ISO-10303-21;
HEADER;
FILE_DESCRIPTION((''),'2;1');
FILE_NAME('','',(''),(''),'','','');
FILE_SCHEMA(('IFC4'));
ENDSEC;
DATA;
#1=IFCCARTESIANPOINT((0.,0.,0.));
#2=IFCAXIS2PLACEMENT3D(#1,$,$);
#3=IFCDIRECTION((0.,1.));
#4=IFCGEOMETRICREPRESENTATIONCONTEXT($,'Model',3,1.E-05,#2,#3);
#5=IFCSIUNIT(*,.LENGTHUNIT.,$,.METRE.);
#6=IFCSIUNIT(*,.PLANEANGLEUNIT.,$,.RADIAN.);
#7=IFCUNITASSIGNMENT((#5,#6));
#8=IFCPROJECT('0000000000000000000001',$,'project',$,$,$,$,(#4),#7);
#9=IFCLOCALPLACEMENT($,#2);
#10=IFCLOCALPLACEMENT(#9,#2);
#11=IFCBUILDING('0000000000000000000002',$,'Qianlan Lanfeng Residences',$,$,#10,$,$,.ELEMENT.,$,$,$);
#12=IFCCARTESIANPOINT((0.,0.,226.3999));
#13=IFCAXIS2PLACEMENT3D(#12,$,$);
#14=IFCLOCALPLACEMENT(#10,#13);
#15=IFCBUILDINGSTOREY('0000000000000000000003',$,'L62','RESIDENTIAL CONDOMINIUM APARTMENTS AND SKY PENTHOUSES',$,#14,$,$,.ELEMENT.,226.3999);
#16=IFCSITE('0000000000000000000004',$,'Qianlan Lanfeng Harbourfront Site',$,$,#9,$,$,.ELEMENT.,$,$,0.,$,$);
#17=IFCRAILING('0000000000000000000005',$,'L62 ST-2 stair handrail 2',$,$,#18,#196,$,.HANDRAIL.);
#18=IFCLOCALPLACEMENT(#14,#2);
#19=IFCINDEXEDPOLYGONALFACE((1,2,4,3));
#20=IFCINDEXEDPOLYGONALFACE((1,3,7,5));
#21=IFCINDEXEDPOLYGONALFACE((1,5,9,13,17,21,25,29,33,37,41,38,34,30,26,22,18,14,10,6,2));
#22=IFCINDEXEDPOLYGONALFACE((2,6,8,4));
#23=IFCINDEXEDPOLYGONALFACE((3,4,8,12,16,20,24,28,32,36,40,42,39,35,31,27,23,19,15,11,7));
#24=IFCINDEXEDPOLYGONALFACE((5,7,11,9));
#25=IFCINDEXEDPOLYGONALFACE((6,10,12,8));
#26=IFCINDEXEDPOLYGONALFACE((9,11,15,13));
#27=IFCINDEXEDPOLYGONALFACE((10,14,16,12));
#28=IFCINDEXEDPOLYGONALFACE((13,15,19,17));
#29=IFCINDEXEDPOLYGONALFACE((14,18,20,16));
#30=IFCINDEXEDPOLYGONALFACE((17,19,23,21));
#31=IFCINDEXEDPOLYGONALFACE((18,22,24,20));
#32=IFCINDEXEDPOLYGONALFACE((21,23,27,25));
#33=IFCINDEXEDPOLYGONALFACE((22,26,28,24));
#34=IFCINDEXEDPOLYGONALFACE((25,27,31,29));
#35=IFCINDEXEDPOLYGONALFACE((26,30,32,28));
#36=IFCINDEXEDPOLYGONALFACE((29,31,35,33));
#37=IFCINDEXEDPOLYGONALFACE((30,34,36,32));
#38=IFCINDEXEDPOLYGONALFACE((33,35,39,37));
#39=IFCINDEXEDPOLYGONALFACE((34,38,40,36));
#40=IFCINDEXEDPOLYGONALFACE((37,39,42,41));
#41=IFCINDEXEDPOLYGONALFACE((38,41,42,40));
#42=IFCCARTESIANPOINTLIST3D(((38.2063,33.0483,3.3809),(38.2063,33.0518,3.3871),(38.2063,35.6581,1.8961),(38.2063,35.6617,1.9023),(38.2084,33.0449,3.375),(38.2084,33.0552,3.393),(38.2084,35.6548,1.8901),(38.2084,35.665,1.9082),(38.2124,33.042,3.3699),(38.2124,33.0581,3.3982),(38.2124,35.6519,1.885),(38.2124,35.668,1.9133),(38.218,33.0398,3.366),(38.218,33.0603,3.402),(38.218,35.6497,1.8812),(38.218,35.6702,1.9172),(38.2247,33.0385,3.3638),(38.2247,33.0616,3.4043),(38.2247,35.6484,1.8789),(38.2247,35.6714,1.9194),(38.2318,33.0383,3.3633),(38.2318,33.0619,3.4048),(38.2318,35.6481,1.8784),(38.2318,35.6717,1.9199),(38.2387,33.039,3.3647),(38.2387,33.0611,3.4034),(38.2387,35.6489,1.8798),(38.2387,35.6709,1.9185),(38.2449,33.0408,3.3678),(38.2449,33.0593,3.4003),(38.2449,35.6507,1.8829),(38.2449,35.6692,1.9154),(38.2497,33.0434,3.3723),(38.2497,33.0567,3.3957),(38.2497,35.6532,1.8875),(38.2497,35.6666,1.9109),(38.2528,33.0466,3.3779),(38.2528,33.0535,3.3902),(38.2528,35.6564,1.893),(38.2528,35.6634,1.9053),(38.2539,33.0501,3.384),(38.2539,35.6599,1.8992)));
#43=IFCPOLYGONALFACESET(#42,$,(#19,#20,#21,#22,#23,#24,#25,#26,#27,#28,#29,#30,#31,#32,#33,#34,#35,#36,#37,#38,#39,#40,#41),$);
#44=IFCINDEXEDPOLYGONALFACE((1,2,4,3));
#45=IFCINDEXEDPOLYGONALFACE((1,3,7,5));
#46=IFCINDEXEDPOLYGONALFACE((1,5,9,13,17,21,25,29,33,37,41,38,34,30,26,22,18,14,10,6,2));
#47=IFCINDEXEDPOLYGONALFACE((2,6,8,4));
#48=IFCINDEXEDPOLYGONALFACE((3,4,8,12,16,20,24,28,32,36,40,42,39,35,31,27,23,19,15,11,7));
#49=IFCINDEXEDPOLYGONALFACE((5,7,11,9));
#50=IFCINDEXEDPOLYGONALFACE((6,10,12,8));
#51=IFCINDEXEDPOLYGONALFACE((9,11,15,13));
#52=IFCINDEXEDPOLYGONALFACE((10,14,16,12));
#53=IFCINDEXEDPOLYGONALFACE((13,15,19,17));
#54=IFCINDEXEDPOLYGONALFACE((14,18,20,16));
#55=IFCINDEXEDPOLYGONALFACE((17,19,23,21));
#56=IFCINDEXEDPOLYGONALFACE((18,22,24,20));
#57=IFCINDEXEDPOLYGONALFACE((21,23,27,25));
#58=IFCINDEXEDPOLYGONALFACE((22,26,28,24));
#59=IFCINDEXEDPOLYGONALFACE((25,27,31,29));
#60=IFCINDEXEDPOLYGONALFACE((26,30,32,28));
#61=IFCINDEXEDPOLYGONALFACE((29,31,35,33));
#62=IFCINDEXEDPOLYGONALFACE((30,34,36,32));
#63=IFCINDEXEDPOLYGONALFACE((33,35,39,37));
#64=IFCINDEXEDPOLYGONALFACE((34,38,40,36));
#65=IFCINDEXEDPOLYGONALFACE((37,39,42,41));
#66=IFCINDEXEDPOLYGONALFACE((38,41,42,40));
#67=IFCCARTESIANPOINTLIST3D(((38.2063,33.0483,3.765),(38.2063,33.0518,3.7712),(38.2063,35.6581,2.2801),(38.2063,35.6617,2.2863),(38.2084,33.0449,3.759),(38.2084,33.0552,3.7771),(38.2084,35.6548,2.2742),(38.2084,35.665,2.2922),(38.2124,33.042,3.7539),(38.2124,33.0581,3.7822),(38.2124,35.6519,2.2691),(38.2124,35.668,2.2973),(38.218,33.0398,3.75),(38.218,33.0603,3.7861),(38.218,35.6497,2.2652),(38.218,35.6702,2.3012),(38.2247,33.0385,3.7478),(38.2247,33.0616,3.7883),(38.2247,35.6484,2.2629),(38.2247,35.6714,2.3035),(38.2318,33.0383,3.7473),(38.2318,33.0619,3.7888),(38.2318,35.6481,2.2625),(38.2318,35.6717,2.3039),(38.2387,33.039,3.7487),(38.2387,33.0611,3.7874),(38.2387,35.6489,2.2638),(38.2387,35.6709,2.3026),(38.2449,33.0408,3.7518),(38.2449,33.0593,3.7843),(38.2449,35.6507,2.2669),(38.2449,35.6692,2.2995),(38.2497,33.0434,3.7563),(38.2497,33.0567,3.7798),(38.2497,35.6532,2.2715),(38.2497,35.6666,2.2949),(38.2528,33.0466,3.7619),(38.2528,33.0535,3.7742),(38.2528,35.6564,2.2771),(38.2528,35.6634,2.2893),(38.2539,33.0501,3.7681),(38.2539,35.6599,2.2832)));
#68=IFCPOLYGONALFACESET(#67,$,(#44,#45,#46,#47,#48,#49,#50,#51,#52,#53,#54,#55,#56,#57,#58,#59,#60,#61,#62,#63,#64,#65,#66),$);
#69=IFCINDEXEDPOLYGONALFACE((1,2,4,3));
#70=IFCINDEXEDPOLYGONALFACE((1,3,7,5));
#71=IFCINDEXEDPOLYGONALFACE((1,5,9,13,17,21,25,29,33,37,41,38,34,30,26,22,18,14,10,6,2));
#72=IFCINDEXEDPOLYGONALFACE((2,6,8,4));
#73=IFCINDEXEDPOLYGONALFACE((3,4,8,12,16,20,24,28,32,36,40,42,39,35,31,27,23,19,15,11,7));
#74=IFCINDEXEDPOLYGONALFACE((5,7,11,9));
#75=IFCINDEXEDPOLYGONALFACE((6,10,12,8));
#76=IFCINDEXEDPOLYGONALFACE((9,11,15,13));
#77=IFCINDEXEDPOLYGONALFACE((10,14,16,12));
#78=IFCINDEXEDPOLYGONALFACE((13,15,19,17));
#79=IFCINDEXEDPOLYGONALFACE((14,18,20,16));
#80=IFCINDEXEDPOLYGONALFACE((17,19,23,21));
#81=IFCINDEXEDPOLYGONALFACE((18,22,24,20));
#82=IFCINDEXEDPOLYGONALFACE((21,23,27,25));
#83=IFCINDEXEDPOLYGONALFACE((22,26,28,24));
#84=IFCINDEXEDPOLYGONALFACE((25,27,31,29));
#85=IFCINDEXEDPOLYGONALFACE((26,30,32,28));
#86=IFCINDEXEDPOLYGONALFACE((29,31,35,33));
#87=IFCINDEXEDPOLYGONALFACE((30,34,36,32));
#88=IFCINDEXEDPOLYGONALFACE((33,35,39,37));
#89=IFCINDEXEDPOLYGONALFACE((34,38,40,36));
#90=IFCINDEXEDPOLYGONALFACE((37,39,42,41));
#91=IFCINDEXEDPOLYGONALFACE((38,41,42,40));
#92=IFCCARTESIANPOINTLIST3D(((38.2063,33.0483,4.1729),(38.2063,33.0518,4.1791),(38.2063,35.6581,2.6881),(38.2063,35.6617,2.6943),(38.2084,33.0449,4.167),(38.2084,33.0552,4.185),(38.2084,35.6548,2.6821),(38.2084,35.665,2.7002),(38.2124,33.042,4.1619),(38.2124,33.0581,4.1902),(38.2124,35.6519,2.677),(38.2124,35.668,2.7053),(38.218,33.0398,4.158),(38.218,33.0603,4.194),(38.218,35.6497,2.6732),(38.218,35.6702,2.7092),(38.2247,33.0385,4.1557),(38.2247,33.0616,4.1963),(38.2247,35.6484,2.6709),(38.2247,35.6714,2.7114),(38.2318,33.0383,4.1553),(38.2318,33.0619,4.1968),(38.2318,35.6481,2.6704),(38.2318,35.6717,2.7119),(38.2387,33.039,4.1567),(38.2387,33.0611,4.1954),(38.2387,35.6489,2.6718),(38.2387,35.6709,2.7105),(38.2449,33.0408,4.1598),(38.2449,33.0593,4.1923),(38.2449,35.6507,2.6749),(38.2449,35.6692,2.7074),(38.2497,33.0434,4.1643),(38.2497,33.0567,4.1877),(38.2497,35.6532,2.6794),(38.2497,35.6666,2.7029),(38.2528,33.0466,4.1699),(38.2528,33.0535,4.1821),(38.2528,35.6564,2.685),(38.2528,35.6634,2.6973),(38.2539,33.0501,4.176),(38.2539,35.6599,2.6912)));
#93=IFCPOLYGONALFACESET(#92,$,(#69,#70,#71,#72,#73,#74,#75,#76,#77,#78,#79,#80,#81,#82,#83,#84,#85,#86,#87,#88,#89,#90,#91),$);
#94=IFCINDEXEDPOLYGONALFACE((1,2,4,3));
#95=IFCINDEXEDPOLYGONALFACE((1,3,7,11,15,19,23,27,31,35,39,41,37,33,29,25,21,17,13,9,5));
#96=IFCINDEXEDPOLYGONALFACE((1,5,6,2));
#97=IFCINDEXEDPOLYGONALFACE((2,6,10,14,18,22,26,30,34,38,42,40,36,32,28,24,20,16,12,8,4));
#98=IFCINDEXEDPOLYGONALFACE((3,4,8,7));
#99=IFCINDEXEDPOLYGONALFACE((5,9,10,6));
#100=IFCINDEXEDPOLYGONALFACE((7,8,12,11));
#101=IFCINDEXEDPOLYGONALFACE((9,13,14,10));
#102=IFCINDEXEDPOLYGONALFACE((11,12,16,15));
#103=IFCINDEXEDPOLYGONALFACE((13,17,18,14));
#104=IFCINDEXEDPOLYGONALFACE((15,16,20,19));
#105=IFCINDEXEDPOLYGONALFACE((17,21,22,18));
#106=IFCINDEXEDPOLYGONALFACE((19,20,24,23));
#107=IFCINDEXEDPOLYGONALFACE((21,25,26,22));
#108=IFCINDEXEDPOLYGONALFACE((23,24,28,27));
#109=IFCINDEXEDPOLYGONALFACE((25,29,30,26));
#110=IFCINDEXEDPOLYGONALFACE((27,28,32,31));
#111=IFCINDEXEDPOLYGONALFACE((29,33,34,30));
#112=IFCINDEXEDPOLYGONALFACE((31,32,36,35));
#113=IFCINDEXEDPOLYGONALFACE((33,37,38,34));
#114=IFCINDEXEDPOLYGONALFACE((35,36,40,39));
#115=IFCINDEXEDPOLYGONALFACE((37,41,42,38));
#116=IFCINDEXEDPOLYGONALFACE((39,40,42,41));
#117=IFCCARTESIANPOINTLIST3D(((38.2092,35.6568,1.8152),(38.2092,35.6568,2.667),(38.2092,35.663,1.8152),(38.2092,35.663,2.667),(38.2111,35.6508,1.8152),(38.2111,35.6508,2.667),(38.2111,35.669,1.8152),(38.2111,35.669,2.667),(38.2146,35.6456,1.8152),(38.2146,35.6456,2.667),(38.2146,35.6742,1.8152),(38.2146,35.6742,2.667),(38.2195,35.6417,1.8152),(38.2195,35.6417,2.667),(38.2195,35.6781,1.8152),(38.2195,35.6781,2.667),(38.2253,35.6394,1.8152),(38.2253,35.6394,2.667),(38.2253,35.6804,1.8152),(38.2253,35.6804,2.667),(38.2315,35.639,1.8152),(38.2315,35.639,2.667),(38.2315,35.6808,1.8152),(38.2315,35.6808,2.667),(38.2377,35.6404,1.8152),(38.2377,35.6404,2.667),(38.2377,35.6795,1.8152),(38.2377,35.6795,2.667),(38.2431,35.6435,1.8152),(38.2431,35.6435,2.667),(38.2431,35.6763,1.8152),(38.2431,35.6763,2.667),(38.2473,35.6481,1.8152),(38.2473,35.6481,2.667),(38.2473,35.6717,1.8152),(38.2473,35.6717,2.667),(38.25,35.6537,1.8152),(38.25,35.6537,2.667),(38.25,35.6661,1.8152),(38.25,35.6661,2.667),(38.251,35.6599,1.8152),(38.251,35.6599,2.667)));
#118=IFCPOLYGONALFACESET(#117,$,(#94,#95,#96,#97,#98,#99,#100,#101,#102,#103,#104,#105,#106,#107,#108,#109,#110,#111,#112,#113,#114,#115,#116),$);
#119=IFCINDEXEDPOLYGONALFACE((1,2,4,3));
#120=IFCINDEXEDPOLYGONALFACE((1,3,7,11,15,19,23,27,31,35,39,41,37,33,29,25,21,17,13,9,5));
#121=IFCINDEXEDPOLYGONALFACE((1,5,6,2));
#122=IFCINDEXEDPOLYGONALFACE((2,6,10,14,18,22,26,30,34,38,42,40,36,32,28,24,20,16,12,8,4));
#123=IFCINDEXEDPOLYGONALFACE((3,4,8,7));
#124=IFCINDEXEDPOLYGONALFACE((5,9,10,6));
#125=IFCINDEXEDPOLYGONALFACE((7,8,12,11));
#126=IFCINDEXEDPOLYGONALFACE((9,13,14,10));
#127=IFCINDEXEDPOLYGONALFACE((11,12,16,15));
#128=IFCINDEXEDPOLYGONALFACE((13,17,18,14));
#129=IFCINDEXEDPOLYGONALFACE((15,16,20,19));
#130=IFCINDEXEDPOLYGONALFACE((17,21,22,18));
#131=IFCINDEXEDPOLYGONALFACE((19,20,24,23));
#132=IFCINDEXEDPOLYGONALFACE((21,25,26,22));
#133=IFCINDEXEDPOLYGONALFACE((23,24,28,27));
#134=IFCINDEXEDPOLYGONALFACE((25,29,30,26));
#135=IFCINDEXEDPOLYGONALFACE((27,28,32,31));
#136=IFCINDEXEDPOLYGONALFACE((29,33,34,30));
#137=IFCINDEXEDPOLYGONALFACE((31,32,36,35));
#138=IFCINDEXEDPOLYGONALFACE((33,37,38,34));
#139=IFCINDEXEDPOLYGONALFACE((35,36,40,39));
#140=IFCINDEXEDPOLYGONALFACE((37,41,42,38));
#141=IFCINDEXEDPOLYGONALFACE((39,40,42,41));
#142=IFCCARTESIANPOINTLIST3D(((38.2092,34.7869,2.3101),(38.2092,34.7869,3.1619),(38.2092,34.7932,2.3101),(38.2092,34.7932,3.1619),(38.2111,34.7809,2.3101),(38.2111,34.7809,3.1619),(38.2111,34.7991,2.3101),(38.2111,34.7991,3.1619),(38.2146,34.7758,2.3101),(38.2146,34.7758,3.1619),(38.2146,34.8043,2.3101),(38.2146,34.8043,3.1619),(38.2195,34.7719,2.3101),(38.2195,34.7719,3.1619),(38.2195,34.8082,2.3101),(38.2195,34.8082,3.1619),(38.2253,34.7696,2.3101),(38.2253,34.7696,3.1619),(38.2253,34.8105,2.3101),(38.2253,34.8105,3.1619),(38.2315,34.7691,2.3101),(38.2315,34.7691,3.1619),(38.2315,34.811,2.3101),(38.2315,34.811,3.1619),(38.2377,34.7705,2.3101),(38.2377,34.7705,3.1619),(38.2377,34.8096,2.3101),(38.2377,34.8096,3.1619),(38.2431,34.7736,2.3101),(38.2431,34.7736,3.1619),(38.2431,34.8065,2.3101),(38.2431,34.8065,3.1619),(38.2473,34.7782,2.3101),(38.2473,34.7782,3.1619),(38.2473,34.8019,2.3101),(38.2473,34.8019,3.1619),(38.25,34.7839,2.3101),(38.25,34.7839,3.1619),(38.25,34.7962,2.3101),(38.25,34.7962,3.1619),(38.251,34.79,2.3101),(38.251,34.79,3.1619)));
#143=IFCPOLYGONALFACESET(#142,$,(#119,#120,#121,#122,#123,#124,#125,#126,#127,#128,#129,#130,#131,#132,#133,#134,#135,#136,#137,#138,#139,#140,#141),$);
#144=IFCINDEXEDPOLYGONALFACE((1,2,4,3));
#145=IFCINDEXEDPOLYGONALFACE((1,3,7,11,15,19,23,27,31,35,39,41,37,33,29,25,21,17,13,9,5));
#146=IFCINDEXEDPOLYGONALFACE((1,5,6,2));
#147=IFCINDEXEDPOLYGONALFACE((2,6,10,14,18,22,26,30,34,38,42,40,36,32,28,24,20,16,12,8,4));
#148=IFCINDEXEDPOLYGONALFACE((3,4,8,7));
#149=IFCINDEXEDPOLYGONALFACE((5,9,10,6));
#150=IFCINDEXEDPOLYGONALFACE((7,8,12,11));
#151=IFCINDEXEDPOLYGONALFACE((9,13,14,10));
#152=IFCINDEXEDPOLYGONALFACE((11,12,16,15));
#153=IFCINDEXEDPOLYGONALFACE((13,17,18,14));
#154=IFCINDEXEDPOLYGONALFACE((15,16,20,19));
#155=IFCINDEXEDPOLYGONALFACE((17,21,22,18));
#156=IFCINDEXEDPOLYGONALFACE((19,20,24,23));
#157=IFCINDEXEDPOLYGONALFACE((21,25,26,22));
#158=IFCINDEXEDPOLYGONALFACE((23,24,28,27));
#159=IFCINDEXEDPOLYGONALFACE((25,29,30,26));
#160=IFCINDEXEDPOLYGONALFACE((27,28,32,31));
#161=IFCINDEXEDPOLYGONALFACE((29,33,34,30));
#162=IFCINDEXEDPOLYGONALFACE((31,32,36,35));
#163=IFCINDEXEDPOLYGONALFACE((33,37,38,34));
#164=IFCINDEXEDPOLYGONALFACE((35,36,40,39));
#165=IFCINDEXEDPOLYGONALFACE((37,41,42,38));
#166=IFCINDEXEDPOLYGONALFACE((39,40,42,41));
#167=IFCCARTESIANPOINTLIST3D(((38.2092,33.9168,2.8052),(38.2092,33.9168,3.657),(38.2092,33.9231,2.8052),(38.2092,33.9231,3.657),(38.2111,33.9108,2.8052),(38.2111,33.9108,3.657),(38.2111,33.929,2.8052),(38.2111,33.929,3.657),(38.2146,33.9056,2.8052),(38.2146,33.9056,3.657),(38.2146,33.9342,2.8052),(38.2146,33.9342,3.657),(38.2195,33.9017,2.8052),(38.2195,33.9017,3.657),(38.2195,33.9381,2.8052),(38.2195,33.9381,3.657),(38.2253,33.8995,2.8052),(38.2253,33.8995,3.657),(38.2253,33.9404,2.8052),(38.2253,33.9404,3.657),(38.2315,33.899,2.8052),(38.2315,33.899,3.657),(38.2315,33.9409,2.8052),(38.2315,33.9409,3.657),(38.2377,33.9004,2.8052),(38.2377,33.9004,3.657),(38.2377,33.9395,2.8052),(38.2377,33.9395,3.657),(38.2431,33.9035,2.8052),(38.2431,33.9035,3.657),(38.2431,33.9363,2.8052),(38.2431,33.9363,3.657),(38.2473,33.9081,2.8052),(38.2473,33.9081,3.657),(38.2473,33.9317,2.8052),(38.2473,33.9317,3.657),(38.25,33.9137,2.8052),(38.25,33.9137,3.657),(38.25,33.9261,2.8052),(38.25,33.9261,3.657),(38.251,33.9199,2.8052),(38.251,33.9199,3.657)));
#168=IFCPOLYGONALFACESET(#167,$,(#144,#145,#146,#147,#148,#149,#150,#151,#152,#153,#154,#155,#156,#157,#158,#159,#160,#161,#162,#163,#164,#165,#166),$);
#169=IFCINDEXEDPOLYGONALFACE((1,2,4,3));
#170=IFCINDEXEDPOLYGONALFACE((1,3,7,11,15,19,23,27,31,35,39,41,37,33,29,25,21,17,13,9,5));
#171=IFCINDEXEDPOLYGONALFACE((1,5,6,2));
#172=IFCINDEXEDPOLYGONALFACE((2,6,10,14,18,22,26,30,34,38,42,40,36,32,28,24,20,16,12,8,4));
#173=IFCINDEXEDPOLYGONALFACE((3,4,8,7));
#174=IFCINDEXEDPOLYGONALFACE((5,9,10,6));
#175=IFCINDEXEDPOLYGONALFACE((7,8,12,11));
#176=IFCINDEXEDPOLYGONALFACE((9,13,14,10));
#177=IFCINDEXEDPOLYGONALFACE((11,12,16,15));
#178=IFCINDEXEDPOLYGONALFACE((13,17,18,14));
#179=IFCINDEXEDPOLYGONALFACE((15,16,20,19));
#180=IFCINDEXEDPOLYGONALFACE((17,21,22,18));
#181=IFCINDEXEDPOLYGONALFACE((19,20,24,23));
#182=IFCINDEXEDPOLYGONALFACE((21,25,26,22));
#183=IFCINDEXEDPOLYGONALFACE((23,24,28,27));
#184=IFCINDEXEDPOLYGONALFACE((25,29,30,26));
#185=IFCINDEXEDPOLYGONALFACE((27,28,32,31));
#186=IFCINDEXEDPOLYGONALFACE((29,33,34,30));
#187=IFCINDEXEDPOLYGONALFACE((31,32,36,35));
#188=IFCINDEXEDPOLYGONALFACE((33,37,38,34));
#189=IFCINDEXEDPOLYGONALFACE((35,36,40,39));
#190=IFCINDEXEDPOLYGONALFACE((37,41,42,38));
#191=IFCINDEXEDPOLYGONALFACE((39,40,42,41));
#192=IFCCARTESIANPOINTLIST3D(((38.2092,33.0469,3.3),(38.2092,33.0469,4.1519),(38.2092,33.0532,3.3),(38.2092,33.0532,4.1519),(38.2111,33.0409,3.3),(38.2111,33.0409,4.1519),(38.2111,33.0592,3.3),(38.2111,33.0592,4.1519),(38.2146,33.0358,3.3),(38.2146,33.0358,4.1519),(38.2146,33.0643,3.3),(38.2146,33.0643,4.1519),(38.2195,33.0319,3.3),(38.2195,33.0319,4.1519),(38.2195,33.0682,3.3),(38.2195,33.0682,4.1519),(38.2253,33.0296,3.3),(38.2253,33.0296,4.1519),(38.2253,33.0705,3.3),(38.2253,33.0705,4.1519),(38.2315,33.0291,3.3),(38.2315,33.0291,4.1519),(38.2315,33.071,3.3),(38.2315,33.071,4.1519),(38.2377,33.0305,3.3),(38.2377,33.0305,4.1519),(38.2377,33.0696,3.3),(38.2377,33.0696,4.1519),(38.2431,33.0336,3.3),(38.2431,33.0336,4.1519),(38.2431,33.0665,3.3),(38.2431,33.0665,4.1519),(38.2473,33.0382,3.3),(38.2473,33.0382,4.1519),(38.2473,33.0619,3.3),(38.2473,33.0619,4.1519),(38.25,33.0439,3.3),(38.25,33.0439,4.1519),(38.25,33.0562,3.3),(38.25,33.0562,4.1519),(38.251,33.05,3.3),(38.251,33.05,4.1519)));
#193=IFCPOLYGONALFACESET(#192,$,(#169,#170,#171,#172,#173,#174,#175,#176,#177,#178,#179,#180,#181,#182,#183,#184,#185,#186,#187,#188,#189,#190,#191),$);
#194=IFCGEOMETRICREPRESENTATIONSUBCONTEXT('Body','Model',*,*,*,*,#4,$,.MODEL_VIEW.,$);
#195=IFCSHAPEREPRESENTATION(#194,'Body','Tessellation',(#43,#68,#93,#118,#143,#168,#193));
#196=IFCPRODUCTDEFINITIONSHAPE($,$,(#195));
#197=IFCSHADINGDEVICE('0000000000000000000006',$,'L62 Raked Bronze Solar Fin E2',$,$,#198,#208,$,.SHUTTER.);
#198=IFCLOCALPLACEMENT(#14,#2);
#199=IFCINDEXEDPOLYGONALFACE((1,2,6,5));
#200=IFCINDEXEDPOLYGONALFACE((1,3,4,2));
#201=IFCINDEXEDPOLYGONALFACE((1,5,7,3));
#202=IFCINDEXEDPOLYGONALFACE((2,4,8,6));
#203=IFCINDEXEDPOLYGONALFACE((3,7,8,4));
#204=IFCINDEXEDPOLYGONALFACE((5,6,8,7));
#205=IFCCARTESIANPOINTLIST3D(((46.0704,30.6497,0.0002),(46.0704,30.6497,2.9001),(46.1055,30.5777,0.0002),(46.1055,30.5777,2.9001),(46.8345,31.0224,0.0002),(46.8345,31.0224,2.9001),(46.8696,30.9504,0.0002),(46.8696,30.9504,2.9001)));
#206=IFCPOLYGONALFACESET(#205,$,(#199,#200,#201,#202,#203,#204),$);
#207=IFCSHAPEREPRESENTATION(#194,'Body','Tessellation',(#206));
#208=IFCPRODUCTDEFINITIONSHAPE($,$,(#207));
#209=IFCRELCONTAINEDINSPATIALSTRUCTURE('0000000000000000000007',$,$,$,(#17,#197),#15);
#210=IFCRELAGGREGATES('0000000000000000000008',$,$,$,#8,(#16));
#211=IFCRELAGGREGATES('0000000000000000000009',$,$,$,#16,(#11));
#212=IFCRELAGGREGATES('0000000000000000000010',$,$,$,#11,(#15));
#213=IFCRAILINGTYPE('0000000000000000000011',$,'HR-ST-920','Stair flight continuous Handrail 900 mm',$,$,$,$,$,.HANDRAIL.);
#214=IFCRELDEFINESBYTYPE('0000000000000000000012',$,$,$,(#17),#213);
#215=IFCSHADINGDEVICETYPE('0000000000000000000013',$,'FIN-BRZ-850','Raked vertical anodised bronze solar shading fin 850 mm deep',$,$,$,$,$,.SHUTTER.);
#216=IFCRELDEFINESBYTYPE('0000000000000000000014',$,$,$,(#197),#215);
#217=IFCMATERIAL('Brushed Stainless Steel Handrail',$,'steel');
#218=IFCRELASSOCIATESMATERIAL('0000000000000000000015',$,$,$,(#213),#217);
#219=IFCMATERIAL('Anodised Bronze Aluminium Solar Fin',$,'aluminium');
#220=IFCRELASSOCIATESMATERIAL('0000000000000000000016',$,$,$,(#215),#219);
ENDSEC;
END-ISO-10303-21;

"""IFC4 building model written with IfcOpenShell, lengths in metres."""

from ifc_helpers import new_model, si_unit, direction, frame, origin, origin_2d, place, context, subcontext, project, spatial, rectangle, circle, extrude, source, transform, mapped, material, type_object, element, save


model = new_model("IFC4")

# Units and contexts
model_context = context("Model", 3, precision=1e-05, world=origin(), true_north=direction((0.0, 1.0)))
body_context = subcontext(model_context, "Body", "Model", "MODEL_VIEW")
ifc_project = project(units=[si_unit("LENGTHUNIT", "METRE"), si_unit("PLANEANGLEUNIT", "RADIAN")], contexts=[model_context])

# Site, building, storey
site_placement = place(None, origin())
site = spatial("IfcSite", under=ifc_project, at=site_placement, Name="Qianlan Lanfeng Harbourfront Site", CompositionType="ELEMENT", RefElevation=0.0)
building_placement = place(site_placement, origin())
building = spatial("IfcBuilding", under=site, at=building_placement, Name="Qianlan Lanfeng Residences", CompositionType="ELEMENT")
storey_placement = place(building_placement, frame((0.0, 0.0, 226.3999)))
storey = spatial("IfcBuildingStorey", under=building, at=storey_placement, Name="L62", Description="RESIDENTIAL CONDOMINIUM APARTMENTS AND SKY PENTHOUSES", CompositionType="ELEMENT", Elevation=226.3999)

# Railing
ifc_material_1 = material(Name="Brushed Stainless Steel Handrail", Category="steel")
railing_type_1 = type_object("IfcRailingType", Name="HR-ST-920", Description="Stair flight continuous Handrail 900 mm", PredefinedType="HANDRAIL", material=ifc_material_1)
railing_1_placement = place(storey_placement, frame((38.23, 35.6599, 1.8152)))
element("IfcRailing", 1, at=railing_1_placement, inside=storey, type_object=railing_type_1, Name="L62 ST-2 stair handrail 2", PredefinedType="HANDRAIL", context=body_context, shape_type="SweptSolid", body=[
    extrude(circle(Radius=0.0239, at=origin_2d()), frame((0.0, 0.0, 0.084), z_axis=(0.0, -0.869172, 0.494509), x_axis=(1.0, 0.0, 0.0)), (0.0, 0.0, 1.0), 3.0027),
    extrude(circle(Radius=0.0239, at=origin_2d()), frame((0.0, 0.0, 0.468), z_axis=(0.0, -0.869172, 0.494509), x_axis=(1.0, 0.0, 0.0)), (0.0, 0.0, 1.0), 3.0027),
    extrude(circle(Radius=0.0239, at=origin_2d()), frame((0.0, 0.0, 0.876), z_axis=(0.0, -0.869172, 0.494509), x_axis=(1.0, 0.0, 0.0)), (0.0, 0.0, 1.0), 3.0027),
    extrude(circle(Radius=0.021, at=origin_2d()), origin(), (0.0, 0.0, 1.0), 0.8518),
    extrude(circle(Radius=0.021, at=origin_2d()), frame((0.0, -0.8699, 0.4949)), (0.0, 0.0, 1.0), 0.8518),
    extrude(circle(Radius=0.021, at=origin_2d()), frame((0.0, -1.74, 0.99)), (0.0, 0.0, 1.0), 0.8518),
    extrude(circle(Radius=0.021, at=origin_2d()), frame((0.0, -2.6099, 1.4849)), (0.0, 0.0, 1.0), 0.8518),
])

# Shading device
ifc_material_2 = material(Name="Anodised Bronze Aluminium Solar Fin", Category="aluminium")
shading_device_type = type_object("IfcShadingDeviceType", Name="FIN-BRZ-850", Description="Raked vertical anodised bronze solar shading fin 850 mm deep", PredefinedType="SHUTTER", material=ifc_material_2)
shared_shape_1 = source(origin(), body_context, "Body", "SweptSolid", [
    extrude(rectangle(XDim=0.8501, YDim=0.0801, at=origin_2d()), origin(), (0.0, 0.0, 1.0), 2.8999),
])
shading_device_placement = place(storey_placement, frame((46.47, 30.8, 0.0002), z_axis=(0.0, 0.0, 1.0), x_axis=(0.898794, 0.438371, 0.0)))
element("IfcShadingDevice", 2, at=shading_device_placement, inside=storey, type_object=shading_device_type, Name="L62 Raked Bronze Solar Fin E2", PredefinedType="SHUTTER", context=body_context, shape_type="MappedRepresentation", body=[
    mapped(shared_shape_1, transform((0.0, 0.0, 0.0), scale=1.0)),
])

save(model, "model.ifc")
